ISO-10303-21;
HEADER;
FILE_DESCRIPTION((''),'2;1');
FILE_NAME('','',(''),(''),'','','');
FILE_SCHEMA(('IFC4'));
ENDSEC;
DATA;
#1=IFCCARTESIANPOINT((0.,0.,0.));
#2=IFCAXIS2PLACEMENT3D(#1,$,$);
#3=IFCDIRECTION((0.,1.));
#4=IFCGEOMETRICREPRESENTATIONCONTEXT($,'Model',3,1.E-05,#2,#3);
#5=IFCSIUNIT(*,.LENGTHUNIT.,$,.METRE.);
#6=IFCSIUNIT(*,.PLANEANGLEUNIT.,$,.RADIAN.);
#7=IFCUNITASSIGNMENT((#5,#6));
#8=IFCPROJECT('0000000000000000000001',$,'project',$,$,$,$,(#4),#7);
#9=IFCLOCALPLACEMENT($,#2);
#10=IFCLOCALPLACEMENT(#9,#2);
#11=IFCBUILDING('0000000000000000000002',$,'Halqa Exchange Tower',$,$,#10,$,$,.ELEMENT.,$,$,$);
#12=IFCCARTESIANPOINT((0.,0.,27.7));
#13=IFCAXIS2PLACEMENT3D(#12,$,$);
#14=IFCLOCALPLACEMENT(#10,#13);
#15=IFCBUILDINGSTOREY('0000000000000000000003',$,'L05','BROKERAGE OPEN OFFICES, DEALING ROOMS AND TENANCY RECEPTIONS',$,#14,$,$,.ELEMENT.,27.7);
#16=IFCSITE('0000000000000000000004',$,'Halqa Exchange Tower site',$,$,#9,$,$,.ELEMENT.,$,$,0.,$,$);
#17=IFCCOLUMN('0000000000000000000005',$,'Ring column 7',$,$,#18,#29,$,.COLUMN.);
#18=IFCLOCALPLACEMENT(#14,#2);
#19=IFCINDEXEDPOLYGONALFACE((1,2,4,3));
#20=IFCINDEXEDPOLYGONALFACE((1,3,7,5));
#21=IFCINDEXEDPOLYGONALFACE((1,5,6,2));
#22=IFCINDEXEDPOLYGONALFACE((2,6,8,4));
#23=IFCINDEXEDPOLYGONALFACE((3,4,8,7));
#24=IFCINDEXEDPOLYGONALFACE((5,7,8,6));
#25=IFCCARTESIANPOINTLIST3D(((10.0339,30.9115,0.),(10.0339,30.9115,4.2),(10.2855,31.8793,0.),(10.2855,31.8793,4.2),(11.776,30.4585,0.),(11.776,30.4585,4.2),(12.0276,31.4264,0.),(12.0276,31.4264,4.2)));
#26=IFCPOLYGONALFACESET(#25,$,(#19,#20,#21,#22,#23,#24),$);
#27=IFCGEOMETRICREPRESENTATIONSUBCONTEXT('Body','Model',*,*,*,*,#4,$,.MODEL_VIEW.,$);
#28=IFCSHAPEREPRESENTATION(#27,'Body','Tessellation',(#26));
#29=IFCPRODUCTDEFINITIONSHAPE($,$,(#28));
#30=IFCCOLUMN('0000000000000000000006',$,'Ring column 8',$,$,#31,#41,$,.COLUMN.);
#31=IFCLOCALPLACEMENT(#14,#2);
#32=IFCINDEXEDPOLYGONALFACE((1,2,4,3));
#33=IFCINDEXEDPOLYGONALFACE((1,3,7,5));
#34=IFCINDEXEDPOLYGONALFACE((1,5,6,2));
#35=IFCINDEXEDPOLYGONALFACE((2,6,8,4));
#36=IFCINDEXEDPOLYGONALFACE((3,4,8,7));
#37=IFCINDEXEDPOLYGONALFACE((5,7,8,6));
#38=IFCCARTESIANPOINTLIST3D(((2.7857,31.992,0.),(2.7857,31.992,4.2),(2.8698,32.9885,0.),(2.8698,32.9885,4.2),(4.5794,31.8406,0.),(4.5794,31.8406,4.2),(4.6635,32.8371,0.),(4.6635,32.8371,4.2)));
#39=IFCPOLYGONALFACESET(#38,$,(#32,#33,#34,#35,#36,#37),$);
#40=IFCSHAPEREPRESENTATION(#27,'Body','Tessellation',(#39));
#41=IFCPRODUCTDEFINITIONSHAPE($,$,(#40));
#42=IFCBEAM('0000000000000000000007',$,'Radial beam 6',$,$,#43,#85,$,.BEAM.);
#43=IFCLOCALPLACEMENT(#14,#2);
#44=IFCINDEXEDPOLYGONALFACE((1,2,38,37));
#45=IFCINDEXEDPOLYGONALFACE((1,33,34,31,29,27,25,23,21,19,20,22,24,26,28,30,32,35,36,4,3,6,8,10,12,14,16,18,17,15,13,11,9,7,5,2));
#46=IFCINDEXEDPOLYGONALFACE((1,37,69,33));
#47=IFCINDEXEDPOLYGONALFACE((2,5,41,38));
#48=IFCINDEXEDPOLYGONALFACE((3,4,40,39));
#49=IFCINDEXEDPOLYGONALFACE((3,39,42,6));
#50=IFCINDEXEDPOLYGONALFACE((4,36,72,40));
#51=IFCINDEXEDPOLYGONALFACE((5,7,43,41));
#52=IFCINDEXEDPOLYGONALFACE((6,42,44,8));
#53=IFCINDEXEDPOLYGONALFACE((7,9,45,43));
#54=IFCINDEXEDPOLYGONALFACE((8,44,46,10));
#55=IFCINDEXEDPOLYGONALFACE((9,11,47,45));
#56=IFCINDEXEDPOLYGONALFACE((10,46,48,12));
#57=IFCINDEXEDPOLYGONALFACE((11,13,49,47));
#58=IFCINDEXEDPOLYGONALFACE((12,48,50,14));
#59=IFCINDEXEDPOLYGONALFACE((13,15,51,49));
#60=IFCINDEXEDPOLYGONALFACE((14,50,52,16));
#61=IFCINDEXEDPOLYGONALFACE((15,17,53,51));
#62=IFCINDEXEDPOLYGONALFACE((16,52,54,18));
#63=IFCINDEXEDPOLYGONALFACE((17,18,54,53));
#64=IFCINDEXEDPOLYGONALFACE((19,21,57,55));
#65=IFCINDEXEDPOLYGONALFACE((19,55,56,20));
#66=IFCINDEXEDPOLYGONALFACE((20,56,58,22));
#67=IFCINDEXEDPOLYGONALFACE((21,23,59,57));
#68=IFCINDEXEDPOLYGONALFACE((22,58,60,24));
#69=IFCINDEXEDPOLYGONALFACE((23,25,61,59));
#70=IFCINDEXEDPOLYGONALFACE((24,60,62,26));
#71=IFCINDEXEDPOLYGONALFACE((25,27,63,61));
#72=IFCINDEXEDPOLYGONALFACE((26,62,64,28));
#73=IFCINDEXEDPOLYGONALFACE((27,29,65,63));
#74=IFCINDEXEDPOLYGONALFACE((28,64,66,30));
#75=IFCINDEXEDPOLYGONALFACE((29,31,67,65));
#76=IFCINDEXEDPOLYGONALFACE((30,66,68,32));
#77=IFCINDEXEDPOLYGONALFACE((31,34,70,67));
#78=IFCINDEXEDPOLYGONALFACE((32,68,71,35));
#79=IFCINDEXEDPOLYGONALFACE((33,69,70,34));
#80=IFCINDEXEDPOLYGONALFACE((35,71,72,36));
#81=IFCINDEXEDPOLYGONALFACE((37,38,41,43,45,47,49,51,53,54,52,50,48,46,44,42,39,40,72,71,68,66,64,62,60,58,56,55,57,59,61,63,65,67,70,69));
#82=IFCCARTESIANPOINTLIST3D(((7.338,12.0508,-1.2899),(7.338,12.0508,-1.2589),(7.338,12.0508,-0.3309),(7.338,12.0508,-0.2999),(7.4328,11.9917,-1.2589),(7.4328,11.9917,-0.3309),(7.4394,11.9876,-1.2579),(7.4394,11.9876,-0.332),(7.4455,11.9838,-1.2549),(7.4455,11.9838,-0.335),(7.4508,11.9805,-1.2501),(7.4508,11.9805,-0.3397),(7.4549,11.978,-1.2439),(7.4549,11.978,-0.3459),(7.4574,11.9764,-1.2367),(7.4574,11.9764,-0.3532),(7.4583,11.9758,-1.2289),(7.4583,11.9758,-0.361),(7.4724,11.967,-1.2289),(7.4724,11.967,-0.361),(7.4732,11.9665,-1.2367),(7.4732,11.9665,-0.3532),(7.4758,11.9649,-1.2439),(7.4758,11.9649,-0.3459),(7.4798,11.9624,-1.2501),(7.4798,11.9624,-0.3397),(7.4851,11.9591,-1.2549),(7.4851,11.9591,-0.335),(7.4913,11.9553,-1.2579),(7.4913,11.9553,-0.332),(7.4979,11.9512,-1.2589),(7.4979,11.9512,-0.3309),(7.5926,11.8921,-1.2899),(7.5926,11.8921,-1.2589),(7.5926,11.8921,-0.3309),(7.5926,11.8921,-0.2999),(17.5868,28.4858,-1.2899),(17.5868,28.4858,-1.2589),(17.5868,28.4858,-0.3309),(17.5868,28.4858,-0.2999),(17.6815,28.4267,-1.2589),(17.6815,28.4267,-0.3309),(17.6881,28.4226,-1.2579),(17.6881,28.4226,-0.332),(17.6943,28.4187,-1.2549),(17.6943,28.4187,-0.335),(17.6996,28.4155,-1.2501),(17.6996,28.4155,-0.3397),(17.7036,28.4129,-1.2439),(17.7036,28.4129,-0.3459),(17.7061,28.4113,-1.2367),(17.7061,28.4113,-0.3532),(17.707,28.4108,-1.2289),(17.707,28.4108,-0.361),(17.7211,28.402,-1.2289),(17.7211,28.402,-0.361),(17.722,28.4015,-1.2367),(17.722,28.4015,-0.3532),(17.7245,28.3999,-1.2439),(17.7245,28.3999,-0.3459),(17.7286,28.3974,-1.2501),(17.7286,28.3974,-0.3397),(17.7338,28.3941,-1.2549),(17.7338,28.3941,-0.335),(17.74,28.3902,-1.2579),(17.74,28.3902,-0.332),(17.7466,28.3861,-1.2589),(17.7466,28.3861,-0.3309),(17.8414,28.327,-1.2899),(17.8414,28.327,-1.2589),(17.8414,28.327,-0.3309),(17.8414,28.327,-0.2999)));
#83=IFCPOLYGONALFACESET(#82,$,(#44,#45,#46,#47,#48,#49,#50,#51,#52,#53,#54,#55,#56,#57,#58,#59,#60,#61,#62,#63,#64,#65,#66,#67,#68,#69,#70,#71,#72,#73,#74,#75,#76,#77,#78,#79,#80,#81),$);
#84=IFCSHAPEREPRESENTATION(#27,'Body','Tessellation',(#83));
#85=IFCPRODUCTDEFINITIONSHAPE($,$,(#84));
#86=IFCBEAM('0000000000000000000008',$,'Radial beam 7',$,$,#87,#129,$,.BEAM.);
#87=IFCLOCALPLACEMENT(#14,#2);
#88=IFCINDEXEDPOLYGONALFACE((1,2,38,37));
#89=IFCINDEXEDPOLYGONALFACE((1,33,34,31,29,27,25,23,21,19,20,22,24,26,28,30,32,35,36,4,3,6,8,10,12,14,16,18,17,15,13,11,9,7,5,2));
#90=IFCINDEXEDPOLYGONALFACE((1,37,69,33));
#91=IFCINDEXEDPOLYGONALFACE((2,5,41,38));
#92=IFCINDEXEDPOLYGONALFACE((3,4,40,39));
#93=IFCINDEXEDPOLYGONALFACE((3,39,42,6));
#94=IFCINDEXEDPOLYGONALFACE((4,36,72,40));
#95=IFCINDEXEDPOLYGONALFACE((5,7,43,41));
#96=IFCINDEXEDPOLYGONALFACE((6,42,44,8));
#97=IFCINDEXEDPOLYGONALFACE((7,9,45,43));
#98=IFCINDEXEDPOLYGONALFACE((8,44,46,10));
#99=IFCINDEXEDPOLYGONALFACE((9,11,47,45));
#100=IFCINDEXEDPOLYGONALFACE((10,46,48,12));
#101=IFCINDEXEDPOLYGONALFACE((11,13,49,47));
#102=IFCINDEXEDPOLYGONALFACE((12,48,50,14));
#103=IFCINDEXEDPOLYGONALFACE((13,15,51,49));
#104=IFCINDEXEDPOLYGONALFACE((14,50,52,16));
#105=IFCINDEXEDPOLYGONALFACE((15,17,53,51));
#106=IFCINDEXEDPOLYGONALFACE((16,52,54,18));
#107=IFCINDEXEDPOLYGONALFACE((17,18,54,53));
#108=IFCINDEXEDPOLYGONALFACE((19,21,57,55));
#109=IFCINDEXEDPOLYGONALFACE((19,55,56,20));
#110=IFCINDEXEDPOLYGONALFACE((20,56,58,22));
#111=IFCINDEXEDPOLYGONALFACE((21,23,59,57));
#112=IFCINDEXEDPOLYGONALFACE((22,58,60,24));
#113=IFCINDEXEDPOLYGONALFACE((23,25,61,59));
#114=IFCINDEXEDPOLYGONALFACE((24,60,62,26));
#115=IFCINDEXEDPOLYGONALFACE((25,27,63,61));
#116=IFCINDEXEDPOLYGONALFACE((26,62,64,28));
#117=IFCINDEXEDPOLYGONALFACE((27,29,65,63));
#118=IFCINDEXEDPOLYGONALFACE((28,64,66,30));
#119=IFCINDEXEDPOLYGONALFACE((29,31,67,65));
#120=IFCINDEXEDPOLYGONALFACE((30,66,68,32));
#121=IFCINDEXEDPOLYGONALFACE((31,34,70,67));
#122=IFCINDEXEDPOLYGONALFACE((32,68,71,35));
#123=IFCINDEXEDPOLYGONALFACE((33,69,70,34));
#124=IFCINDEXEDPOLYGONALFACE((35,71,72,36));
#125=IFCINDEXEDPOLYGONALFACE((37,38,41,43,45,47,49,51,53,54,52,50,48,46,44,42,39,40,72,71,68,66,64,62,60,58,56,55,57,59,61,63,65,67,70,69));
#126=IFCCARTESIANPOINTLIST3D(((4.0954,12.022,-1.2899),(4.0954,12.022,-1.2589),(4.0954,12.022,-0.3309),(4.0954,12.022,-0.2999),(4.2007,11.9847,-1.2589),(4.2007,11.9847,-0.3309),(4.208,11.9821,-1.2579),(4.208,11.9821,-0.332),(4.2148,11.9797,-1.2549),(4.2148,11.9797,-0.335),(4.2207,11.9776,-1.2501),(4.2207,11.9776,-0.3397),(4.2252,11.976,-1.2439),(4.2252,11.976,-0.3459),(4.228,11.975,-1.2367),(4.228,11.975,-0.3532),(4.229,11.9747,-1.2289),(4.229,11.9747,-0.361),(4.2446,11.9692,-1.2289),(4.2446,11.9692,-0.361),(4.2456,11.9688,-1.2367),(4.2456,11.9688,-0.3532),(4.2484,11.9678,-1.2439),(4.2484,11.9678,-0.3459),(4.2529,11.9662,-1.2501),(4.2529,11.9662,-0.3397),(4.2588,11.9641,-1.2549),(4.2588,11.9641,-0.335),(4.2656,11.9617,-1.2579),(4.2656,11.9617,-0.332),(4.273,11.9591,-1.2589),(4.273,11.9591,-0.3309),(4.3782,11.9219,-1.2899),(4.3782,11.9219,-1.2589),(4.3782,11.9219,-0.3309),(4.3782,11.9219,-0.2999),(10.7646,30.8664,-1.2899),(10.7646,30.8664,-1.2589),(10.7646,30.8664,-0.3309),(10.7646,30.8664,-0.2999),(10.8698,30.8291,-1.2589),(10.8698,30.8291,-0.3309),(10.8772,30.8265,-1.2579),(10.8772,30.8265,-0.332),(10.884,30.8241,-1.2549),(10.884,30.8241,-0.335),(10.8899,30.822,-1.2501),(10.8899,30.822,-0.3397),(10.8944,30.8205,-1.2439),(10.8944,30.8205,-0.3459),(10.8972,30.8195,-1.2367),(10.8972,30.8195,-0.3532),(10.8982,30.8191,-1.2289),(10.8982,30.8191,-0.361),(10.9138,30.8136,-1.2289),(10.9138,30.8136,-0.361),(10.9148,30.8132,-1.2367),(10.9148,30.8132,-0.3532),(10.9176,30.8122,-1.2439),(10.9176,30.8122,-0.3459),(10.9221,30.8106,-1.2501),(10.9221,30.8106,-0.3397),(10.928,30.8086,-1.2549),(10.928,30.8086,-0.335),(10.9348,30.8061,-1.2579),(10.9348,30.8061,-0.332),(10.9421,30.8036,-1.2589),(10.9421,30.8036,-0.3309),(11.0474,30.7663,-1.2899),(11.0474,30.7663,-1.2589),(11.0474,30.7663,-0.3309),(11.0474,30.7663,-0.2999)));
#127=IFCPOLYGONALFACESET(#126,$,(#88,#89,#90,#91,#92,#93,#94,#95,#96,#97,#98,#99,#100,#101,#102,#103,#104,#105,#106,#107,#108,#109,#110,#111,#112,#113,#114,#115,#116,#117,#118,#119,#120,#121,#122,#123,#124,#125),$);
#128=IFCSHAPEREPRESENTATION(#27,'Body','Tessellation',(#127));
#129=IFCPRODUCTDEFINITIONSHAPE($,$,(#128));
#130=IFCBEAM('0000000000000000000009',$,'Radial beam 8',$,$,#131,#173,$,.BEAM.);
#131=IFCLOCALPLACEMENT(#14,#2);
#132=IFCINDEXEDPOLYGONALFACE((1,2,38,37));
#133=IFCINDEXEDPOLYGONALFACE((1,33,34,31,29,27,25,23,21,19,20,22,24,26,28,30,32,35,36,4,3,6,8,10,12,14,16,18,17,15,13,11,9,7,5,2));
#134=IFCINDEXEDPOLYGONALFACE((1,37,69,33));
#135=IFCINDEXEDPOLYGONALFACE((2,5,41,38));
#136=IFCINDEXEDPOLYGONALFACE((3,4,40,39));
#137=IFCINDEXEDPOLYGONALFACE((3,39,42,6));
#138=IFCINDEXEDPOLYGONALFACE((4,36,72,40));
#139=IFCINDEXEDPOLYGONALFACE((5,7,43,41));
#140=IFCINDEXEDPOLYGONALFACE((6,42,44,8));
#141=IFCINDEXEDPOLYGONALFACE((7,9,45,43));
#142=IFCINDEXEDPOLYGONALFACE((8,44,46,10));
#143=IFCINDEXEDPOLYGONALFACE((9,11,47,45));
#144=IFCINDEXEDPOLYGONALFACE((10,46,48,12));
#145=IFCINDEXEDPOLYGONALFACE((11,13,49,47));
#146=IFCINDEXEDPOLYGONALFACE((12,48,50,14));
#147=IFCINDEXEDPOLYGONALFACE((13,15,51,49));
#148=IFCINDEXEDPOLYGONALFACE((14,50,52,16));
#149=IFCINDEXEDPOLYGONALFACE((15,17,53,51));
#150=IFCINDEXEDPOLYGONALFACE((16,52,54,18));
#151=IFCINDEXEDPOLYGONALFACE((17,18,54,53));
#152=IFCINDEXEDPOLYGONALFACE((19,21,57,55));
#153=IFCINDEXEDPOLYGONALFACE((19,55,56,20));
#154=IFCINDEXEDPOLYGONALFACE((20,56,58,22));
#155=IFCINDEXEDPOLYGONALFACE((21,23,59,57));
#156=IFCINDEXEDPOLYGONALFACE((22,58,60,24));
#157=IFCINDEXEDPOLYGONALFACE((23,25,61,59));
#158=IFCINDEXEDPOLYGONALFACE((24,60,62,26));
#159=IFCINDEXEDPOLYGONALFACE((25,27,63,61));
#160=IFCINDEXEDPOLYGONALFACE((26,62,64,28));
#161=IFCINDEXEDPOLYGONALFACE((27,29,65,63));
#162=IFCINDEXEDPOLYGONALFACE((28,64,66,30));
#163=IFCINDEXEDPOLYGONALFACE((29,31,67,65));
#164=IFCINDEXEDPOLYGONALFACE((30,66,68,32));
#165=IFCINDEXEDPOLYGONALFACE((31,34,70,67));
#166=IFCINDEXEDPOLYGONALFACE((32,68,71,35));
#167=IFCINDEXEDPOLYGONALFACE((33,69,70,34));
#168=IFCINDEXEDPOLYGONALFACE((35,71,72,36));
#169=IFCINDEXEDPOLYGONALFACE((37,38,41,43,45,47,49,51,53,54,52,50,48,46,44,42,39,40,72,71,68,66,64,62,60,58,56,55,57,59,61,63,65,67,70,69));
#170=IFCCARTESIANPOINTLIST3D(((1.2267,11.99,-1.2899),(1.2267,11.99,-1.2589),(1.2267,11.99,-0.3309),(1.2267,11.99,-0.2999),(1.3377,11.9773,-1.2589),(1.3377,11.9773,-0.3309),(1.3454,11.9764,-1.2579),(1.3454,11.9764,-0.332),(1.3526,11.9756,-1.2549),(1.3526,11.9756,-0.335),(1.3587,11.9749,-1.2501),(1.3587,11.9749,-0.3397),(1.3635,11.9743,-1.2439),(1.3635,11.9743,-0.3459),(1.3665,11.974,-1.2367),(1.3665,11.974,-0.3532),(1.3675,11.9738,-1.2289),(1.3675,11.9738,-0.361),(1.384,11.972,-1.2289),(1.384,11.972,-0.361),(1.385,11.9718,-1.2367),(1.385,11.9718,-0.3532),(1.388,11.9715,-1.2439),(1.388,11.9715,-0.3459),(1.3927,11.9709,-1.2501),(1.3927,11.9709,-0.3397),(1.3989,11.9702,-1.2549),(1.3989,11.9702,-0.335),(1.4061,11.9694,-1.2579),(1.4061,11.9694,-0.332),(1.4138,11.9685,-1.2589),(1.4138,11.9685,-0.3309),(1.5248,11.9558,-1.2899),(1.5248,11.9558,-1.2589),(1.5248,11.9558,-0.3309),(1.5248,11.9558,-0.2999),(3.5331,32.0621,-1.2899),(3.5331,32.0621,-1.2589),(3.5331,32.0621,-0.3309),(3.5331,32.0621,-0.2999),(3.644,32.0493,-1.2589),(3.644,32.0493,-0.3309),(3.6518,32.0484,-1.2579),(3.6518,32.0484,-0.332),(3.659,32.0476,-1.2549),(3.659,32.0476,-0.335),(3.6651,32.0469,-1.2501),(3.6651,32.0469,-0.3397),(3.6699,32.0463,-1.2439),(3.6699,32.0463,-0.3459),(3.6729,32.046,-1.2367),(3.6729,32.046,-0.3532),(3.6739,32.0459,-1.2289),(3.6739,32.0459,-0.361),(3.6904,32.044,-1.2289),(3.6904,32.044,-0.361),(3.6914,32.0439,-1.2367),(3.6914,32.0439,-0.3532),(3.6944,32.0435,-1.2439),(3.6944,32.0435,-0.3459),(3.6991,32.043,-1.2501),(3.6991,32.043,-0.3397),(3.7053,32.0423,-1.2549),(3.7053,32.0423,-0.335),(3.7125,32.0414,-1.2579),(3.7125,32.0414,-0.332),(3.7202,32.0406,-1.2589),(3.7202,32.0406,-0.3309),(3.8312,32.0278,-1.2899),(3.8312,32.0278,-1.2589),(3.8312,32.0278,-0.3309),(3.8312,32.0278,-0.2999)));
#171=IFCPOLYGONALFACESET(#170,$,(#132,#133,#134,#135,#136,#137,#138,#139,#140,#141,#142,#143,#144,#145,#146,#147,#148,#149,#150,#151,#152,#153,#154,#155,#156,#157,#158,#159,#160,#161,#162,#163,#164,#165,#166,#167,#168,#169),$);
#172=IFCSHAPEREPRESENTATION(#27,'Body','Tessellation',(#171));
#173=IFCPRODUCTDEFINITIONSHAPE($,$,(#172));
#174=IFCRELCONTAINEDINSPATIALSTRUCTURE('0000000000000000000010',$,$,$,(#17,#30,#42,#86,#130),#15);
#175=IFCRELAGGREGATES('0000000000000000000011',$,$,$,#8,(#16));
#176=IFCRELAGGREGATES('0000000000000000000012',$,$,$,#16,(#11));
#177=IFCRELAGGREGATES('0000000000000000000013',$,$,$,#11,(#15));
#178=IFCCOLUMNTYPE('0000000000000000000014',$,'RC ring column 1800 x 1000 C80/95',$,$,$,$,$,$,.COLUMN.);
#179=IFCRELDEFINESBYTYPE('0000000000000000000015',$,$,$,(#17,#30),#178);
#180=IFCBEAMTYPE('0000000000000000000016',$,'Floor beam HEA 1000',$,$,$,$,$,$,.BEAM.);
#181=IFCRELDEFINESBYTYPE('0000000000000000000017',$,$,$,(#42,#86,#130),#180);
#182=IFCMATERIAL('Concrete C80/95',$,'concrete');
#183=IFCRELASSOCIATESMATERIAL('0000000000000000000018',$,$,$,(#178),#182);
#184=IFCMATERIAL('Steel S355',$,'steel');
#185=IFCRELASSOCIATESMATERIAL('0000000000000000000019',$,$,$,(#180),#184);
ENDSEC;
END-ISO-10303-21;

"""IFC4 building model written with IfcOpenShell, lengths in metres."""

from ifc_helpers import new_model, si_unit, direction, frame, origin, origin_2d, place, context, subcontext, project, spatial, rectangle, i_section, extrude, material, material_profile, profile_set, type_object, element, save


model = new_model("IFC4")

# Units and contexts
model_context = context("Model", 3, precision=1e-05, world=origin(), true_north=direction((0.0, 1.0)))
body_context = subcontext(model_context, "Body", "Model", "MODEL_VIEW")
ifc_project = project(units=[si_unit("LENGTHUNIT", "METRE"), si_unit("PLANEANGLEUNIT", "RADIAN")], contexts=[model_context])

# Site, building, storey
site_placement = place(None, origin())
site = spatial("IfcSite", under=ifc_project, at=site_placement, Name="Halqa Exchange Tower site", CompositionType="ELEMENT", RefElevation=0.0)
building_placement = place(site_placement, origin())
building = spatial("IfcBuilding", under=site, at=building_placement, Name="Halqa Exchange Tower", CompositionType="ELEMENT")
storey_placement = place(building_placement, frame((0.0, 0.0, 27.7)))
storey = spatial("IfcBuildingStorey", under=building, at=storey_placement, Name="L05", Description="BROKERAGE OPEN OFFICES, DEALING ROOMS AND TENANCY RECEPTIONS", CompositionType="ELEMENT", Elevation=27.7)

# Columns
ifc_material_1 = material(Name="Concrete C80/95", Category="concrete")
ifc_material_profile_1 = material_profile(ifc_material_1, rectangle(XDim=1.8, YDim=1.0, at=origin_2d()), Name="1800 x 1000")
ifc_profile_set_1 = profile_set([ifc_material_profile_1], Name="Concrete C80/95")
column_type = type_object("IfcColumnType", Name="RC ring column 1800 x 1000 C80/95", PredefinedType="COLUMN", material=ifc_profile_set_1)
for number, where, z_axis, x_axis, name in (
    (1, (11.0308, 31.1689, 0.0), (0.0, 0.0, 1.0), (-0.967819, 0.251647, 0.0), "Ring column 7"),
    (2, (3.7246, 32.4146, 0.0), (0.0, 0.0, 1.0), (-0.996455, 0.084123, 0.0), "Ring column 8"),
):
    element("IfcColumn", number, at=place(storey_placement, frame(where, z_axis=z_axis, x_axis=x_axis)), inside=storey, type_object=column_type, Name=name, PredefinedType="COLUMN", context=body_context, shape_type="SweptSolid", body=[
        extrude(rectangle(XDim=1.8, YDim=1.0, at=origin_2d()), origin(), (0.0, 0.0, 1.0), 4.2),
    ])

# Beams
ifc_material_2 = material(Name="Steel S355", Category="steel")
ifc_material_profile_2 = material_profile(ifc_material_2, i_section(OverallWidth=0.3, OverallDepth=0.99, WebThickness=0.0166, FlangeThickness=0.031, FilletRadius=0.03, at=origin_2d()), Name="HEA 1000")
ifc_profile_set_2 = profile_set([ifc_material_profile_2], Name="Steel S355")
beam_type_1 = type_object("IfcBeamType", Name="Floor beam HEA 1000", PredefinedType="BEAM", material=ifc_profile_set_2)
beam_1_placement = place(storey_placement, frame((7.4653, 11.9714, -0.7949), z_axis=(0.52914, 0.848535, 0.0), x_axis=(-0.848535, 0.52914, 0.0)))
element("IfcBeam", 3, at=beam_1_placement, inside=storey, type_object=beam_type_1, Name="Radial beam 6", PredefinedType="BEAM", context=body_context, shape_type="SweptSolid", body=[
    extrude(i_section(OverallWidth=0.3, OverallDepth=0.99, WebThickness=0.0166, FlangeThickness=0.031, FilletRadius=0.03, at=origin_2d()), origin(), (0.0, 0.0, 1.0), 19.3687),
])
beam_2_placement = place(storey_placement, frame((4.2368, 11.9719, -0.7949), z_axis=(0.333629, 0.942704, 0.0), x_axis=(-0.942704, 0.333629, 0.0)))
element("IfcBeam", 4, at=beam_2_placement, inside=storey, type_object=beam_type_1, Name="Radial beam 7", PredefinedType="BEAM", context=body_context, shape_type="SweptSolid", body=[
    extrude(i_section(OverallWidth=0.3, OverallDepth=0.99, WebThickness=0.0166, FlangeThickness=0.031, FilletRadius=0.03, at=origin_2d()), origin(), (0.0, 0.0, 1.0), 19.9897),
])
for number, where, z_axis, x_axis, name in (
    (5, (1.3757, 11.9729, -0.7949), (0.114155, 0.993463, 0.0), (-0.993463, 0.114155, 0.0), "Radial beam 8"),
):
    element("IfcBeam", number, at=place(storey_placement, frame(where, z_axis=z_axis, x_axis=x_axis)), inside=storey, type_object=beam_type_1, Name=name, PredefinedType="BEAM", context=body_context, shape_type="SweptSolid", body=[
        extrude(i_section(OverallWidth=0.3, OverallDepth=0.99, WebThickness=0.0166, FlangeThickness=0.031, FilletRadius=0.03, at=origin_2d()), origin(), (0.0, 0.0, 1.0), 20.2041),
    ])

save(model, "model.ifc")
